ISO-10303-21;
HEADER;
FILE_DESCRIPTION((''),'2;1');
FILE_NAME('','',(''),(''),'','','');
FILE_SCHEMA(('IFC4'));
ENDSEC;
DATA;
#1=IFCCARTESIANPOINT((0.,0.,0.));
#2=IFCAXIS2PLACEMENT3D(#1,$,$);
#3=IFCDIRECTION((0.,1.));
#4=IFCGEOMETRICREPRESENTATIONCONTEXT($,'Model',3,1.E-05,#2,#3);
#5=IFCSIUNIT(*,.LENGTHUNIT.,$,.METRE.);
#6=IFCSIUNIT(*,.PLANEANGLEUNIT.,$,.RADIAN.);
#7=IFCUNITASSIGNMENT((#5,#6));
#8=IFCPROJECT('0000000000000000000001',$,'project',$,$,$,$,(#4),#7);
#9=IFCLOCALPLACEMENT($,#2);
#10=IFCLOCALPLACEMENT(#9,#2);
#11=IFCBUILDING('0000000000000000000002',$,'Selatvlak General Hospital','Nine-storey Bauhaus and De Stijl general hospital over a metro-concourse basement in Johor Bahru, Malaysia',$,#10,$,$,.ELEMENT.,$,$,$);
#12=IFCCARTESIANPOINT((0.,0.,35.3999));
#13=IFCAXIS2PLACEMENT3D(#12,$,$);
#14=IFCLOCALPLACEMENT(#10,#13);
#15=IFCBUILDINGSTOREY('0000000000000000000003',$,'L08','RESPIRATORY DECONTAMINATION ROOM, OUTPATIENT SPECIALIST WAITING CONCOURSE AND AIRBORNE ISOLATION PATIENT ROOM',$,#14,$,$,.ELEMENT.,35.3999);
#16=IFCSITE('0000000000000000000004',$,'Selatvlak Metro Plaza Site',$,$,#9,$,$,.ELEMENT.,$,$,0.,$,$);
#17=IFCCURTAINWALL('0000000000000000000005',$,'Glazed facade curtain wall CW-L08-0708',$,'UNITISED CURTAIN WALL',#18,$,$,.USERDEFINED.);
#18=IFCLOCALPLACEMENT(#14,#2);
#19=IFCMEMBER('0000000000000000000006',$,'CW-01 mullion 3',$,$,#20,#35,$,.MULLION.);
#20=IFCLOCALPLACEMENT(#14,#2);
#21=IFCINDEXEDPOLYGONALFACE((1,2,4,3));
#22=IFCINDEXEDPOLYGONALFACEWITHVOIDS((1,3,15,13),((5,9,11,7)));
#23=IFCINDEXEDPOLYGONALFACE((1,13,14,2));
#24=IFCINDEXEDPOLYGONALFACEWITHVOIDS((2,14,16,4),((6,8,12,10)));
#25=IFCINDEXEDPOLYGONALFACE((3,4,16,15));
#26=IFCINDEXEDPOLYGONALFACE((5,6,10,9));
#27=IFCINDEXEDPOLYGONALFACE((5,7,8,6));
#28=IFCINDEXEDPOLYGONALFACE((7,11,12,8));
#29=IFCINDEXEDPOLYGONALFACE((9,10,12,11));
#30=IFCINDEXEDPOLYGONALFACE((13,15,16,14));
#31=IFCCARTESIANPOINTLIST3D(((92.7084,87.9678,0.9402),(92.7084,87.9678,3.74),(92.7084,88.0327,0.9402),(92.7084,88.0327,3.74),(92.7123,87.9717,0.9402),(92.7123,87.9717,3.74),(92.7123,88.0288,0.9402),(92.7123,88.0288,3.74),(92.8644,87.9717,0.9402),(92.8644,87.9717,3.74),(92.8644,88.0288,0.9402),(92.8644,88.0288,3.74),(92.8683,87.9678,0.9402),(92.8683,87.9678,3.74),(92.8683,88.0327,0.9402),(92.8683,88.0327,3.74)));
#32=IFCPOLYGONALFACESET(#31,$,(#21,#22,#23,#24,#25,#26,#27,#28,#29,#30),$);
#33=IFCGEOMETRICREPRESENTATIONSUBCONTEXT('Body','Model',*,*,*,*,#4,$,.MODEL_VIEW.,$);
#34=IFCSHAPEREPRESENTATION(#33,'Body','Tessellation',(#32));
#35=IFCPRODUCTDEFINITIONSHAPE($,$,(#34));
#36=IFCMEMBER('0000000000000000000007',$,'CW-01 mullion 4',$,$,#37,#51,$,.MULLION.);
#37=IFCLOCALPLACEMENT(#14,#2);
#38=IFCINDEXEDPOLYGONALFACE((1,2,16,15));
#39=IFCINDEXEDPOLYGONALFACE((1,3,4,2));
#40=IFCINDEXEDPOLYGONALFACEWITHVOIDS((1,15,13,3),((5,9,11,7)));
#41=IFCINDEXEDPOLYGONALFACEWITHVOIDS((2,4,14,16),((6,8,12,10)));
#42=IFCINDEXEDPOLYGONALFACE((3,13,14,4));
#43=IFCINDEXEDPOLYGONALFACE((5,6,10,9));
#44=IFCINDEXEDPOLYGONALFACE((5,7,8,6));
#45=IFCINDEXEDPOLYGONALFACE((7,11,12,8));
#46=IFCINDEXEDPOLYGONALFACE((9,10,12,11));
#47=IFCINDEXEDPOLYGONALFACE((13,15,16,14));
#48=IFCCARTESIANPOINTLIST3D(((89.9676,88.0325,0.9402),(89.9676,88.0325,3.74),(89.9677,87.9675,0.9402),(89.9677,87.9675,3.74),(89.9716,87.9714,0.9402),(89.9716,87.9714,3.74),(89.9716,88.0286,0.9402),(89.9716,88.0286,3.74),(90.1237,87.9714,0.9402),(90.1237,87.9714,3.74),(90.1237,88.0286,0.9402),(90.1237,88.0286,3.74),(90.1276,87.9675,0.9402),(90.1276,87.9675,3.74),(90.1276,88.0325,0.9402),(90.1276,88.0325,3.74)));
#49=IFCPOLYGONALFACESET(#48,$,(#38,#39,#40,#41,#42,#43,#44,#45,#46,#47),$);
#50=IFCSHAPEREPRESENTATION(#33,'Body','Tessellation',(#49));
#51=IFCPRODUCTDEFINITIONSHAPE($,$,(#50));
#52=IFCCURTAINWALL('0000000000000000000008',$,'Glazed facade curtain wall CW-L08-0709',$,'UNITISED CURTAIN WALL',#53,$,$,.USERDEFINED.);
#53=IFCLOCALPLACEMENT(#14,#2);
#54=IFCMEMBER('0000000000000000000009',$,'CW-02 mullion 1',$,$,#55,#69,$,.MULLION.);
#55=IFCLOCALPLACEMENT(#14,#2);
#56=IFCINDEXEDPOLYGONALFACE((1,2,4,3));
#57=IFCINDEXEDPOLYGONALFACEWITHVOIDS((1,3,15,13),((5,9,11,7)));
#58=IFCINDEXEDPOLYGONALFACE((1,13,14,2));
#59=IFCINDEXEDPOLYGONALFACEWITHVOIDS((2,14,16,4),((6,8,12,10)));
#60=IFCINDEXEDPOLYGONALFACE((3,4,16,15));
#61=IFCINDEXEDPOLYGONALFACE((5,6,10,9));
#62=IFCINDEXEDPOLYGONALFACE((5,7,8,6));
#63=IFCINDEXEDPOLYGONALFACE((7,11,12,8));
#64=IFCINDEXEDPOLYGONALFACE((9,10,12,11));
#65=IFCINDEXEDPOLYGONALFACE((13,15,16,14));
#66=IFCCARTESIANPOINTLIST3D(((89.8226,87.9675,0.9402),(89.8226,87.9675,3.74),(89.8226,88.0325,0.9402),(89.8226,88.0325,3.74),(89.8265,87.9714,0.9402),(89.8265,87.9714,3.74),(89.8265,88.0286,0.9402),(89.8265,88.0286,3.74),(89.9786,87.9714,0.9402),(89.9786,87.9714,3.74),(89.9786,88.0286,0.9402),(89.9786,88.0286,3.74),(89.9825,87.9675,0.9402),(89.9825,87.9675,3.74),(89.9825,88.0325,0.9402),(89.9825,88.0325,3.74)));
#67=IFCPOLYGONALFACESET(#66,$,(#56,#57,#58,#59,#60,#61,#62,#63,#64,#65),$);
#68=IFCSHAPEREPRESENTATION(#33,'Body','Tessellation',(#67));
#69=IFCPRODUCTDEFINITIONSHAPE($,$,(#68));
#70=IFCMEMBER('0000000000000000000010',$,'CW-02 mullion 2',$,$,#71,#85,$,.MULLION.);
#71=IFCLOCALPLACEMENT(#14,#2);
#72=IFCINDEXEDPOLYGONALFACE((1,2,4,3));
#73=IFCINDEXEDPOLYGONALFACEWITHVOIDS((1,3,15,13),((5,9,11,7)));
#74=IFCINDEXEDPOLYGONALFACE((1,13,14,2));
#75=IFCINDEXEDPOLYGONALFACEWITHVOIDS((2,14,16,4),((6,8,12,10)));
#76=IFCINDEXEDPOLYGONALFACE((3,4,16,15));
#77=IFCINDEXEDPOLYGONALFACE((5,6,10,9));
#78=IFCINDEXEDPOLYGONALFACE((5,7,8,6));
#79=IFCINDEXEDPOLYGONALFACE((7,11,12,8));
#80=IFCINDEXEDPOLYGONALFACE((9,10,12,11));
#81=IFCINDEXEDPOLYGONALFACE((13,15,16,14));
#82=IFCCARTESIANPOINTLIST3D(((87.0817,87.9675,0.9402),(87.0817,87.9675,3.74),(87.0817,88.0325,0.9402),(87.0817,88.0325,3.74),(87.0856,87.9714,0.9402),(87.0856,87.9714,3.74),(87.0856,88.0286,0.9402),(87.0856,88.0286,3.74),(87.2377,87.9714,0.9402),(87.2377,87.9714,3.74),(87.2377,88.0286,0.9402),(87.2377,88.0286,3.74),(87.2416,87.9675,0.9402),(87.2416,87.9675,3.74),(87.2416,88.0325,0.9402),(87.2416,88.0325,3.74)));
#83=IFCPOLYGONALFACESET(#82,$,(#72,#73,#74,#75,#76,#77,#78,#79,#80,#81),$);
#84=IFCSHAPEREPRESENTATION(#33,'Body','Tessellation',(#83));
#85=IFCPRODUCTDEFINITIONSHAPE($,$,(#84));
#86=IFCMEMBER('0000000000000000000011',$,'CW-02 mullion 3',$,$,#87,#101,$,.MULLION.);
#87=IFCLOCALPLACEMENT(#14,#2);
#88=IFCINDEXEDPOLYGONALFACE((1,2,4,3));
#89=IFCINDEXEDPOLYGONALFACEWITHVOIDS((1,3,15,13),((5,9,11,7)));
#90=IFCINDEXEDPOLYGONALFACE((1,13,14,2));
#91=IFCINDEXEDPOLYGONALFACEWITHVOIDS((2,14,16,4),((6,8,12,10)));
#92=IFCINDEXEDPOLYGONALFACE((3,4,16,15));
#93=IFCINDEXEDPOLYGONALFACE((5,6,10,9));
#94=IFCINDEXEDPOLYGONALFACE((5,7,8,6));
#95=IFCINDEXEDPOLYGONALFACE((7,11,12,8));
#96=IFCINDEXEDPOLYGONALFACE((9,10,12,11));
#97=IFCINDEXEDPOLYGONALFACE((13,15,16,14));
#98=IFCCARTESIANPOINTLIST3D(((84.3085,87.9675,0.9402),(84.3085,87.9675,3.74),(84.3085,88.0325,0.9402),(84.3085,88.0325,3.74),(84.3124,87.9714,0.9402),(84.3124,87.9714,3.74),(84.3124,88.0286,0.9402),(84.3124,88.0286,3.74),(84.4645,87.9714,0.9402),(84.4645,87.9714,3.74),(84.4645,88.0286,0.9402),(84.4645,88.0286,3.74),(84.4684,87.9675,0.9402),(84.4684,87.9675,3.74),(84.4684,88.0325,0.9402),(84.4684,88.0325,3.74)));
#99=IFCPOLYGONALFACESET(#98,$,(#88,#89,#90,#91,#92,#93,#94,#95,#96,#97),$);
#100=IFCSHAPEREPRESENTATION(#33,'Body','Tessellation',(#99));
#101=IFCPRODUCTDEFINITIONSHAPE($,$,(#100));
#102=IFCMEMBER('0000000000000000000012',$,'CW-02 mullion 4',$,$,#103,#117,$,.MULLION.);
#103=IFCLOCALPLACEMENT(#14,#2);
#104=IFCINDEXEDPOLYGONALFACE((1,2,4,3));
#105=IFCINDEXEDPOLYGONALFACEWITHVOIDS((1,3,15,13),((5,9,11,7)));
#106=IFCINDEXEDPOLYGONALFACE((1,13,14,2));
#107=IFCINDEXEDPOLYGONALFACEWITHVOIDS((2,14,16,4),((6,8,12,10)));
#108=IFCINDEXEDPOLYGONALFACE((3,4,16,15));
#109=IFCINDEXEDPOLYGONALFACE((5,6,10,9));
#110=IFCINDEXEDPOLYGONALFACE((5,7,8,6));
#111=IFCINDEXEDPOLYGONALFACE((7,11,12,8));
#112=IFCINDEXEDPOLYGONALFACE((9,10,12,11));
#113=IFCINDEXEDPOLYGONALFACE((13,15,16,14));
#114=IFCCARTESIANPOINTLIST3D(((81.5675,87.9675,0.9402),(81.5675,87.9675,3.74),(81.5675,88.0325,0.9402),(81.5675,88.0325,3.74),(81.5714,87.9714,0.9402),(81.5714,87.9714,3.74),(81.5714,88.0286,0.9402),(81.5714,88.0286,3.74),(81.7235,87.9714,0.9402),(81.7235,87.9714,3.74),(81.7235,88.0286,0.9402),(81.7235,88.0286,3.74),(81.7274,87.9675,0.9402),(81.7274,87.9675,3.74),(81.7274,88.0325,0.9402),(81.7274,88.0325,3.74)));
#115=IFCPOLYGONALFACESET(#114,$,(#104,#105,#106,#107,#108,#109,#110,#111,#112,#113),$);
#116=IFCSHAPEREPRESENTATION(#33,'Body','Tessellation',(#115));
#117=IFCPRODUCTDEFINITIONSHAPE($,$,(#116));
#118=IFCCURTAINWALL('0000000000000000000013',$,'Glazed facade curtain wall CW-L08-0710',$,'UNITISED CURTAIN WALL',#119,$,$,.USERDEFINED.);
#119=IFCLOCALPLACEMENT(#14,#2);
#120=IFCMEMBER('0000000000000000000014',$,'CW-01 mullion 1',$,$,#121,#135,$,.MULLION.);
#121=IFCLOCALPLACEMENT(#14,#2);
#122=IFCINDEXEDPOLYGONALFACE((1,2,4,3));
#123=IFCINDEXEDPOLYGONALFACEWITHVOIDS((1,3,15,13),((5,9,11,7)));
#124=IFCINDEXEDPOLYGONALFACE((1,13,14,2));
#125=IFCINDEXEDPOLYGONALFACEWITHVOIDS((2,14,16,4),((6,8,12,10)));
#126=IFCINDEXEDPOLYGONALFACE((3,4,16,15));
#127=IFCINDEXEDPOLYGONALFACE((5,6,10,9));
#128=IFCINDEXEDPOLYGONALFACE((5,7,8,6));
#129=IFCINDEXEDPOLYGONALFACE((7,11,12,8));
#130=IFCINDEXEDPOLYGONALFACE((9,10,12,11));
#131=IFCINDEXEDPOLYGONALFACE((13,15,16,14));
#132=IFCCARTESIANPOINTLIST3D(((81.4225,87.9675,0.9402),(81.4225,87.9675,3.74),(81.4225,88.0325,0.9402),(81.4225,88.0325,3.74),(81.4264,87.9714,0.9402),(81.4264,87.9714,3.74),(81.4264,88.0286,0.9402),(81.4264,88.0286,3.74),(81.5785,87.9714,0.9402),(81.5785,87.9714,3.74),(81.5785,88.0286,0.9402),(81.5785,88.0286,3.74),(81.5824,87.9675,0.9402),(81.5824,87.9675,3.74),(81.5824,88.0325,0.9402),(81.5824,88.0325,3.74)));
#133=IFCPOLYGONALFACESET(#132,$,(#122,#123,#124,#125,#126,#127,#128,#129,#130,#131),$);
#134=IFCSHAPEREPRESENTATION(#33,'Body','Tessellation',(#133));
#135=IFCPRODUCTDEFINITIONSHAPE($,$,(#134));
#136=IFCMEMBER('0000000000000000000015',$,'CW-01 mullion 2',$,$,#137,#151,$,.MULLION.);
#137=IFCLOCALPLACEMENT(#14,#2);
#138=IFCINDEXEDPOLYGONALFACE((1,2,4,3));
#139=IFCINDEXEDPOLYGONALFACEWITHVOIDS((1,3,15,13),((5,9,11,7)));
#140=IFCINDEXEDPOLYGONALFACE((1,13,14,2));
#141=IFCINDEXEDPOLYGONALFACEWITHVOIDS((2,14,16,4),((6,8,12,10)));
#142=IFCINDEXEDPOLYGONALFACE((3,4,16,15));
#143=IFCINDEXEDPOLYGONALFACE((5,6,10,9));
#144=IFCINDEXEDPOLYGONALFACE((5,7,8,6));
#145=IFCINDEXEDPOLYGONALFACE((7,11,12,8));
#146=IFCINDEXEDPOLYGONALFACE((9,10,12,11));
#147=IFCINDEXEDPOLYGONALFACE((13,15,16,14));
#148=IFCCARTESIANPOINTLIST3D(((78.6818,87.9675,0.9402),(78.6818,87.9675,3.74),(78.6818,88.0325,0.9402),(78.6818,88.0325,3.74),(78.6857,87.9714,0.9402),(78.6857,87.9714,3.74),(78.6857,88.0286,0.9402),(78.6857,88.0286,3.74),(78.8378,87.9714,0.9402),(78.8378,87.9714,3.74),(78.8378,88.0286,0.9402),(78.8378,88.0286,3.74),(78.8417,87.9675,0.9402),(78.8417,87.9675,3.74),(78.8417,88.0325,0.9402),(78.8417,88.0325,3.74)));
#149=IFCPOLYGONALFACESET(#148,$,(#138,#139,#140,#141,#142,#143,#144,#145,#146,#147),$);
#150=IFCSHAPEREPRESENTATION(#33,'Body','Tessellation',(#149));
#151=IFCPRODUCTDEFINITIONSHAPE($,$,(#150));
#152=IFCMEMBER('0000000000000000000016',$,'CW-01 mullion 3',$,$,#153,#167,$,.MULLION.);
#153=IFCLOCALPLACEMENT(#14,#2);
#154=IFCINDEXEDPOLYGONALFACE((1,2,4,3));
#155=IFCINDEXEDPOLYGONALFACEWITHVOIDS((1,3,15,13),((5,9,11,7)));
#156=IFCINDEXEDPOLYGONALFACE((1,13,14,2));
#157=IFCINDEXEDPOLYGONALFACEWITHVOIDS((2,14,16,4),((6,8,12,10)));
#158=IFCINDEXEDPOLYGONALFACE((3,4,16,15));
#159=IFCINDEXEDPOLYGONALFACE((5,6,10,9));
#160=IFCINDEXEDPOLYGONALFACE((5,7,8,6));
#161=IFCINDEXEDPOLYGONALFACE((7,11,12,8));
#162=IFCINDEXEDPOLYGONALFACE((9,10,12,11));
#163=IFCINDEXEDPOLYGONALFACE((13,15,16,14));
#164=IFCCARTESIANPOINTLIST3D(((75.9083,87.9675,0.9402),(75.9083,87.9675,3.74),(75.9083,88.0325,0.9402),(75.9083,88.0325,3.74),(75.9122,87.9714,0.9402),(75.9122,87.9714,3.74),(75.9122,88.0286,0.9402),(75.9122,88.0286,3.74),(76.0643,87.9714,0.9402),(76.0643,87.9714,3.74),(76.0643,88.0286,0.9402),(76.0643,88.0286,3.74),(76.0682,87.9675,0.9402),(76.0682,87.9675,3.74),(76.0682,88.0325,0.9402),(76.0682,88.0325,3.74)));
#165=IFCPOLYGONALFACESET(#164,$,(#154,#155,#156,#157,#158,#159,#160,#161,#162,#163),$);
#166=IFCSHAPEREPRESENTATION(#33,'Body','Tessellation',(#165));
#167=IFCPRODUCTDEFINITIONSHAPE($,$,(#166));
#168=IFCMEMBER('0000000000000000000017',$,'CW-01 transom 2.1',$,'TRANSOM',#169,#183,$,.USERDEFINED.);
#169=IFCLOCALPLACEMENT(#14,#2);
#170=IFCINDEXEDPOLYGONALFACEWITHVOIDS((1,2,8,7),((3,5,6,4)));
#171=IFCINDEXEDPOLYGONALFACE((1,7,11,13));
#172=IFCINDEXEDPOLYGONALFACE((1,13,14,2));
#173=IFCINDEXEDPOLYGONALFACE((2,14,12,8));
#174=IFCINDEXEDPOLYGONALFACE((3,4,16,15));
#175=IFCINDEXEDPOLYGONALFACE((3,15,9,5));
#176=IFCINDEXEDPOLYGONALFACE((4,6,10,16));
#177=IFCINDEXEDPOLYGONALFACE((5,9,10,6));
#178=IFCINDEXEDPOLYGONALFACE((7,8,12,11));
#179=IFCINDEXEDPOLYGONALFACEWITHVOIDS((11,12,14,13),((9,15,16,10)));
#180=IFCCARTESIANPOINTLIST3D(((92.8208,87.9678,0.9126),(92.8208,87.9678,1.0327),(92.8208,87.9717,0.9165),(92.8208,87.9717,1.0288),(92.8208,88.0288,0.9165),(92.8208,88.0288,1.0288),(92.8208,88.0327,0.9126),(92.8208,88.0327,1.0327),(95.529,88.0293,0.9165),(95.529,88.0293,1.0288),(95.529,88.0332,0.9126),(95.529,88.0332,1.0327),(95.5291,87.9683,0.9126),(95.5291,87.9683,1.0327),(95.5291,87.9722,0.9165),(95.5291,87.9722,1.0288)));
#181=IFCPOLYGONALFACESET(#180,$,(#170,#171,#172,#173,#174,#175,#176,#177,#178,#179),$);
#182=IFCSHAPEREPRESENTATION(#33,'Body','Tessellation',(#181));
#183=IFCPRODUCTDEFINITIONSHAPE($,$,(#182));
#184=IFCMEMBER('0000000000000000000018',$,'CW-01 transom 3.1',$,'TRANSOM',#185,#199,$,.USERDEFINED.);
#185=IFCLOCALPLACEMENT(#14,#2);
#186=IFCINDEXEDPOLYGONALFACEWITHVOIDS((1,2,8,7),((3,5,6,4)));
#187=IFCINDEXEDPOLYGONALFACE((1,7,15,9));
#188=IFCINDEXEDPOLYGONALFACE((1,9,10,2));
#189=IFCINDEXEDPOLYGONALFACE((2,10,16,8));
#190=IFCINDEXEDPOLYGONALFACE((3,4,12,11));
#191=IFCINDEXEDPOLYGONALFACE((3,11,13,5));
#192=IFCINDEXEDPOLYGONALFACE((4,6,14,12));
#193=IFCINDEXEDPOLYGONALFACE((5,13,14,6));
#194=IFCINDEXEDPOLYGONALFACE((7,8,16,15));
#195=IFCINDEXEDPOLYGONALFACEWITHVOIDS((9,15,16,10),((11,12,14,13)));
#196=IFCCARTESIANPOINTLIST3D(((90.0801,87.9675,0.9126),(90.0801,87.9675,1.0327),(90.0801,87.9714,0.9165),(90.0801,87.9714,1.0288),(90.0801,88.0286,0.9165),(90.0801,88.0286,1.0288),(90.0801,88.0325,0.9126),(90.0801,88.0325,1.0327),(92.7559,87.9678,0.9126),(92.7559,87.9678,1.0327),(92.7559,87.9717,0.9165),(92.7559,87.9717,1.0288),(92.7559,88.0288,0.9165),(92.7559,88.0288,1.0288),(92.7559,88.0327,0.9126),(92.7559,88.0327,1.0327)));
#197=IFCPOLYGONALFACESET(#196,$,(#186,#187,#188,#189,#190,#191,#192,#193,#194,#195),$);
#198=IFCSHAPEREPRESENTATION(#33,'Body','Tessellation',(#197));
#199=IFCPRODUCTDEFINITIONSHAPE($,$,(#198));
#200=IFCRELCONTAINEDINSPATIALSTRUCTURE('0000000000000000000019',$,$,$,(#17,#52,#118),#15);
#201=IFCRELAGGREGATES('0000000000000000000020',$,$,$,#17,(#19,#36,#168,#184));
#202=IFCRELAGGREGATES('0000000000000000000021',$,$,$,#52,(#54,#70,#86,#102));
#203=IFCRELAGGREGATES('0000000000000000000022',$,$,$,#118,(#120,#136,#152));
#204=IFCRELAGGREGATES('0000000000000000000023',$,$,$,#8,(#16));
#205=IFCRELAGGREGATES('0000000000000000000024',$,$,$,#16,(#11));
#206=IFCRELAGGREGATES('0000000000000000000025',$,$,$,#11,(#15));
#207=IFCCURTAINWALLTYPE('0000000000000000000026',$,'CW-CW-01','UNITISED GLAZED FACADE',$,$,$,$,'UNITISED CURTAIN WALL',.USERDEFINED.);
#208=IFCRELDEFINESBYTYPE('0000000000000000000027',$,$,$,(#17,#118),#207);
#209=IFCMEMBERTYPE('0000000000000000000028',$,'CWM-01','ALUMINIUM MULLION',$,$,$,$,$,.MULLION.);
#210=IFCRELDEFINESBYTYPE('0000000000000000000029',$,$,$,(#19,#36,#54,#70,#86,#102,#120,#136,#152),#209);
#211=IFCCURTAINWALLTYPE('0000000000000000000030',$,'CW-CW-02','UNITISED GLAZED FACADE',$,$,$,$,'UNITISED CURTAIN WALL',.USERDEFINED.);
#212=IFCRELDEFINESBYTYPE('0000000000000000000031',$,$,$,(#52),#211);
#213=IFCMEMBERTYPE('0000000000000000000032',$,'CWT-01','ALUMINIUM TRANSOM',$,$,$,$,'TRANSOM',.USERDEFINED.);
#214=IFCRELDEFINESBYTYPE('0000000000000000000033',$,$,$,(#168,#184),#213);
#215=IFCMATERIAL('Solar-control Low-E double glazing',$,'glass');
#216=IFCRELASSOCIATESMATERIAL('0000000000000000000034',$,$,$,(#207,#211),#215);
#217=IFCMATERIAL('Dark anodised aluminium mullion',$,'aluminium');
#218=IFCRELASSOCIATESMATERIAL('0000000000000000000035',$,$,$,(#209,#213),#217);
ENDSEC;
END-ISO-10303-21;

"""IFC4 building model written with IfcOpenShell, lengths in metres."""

from ifc_helpers import new_model, si_unit, direction, frame, origin, origin_2d, place, context, subcontext, project, spatial, hollow_rectangle, extrude, material, material_profile, profile_set, type_object, element, aggregate, save


model = new_model("IFC4")

# Units and contexts
model_context = context("Model", 3, precision=1e-05, world=origin(), true_north=direction((0.0, 1.0)))
body_context = subcontext(model_context, "Body", "Model", "MODEL_VIEW")
ifc_project = project(units=[si_unit("LENGTHUNIT", "METRE"), si_unit("PLANEANGLEUNIT", "RADIAN")], contexts=[model_context])

# Site, building, storey
site_placement = place(None, origin())
site = spatial("IfcSite", under=ifc_project, at=site_placement, Name="Selatvlak Metro Plaza Site", CompositionType="ELEMENT", RefElevation=0.0)
building_placement = place(site_placement, origin())
building = spatial("IfcBuilding", under=site, at=building_placement, Name="Selatvlak General Hospital", Description="Nine-storey Bauhaus and De Stijl general hospital over a metro-concourse basement in Johor Bahru, Malaysia", CompositionType="ELEMENT")
storey_placement = place(building_placement, frame((0.0, 0.0, 35.3999)))
storey = spatial("IfcBuildingStorey", under=building, at=storey_placement, Name="L08", Description="RESPIRATORY DECONTAMINATION ROOM, OUTPATIENT SPECIALIST WAITING CONCOURSE AND AIRBORNE ISOLATION PATIENT ROOM", CompositionType="ELEMENT", Elevation=35.3999)

# Curtain walls, members
ifc_material_1 = material(Name="Solar-control Low-E double glazing", Category="glass")
curtain_wall_type_1 = type_object("IfcCurtainWallType", Name="CW-CW-01", Description="UNITISED GLAZED FACADE", ElementType="UNITISED CURTAIN WALL", PredefinedType="USERDEFINED", material=ifc_material_1)
curtain_wall_1_placement = place(storey_placement, origin())
curtain_wall_1 = element("IfcCurtainWall", 1, at=curtain_wall_1_placement, inside=storey, type_object=curtain_wall_type_1, Name="Glazed facade curtain wall CW-L08-0708", ObjectType="UNITISED CURTAIN WALL", PredefinedType="USERDEFINED")
ifc_material_2 = material(Name="Dark anodised aluminium mullion", Category="aluminium")
ifc_material_profile_1 = material_profile(ifc_material_2, hollow_rectangle(XDim=0.0649, YDim=0.1599, WallThickness=0.0039, at=origin_2d()), Name="AL-MUL 65x160x4")
ifc_profile_set_1 = profile_set([ifc_material_profile_1], Name="Dark anodised aluminium mullion")
member_type_1 = type_object("IfcMemberType", Name="CWM-01", Description="ALUMINIUM MULLION", PredefinedType="MULLION", material=ifc_profile_set_1)
member_1_placement = place(storey_placement, frame((92.7883, 88.0002, 0.9402), z_axis=(0.0, 0.0, 1.0), x_axis=(0.00012, -1.0, 0.0)))
member_1 = element("IfcMember", 2, at=member_1_placement, type_object=member_type_1, Name="CW-01 mullion 3", PredefinedType="MULLION", context=body_context, shape_type="SweptSolid", body=[
    extrude(hollow_rectangle(XDim=0.0649, YDim=0.1599, WallThickness=0.0039, at=origin_2d()), origin(), (0.0, 0.0, 1.0), 2.7998),
])
member_2_placement = place(storey_placement, frame((90.0476, 88.0, 0.9402), z_axis=(0.0, 0.0, 1.0), x_axis=(0.00012, -1.0, 0.0)))
member_2 = element("IfcMember", 3, at=member_2_placement, type_object=member_type_1, Name="CW-01 mullion 4", PredefinedType="MULLION", context=body_context, shape_type="SweptSolid", body=[
    extrude(hollow_rectangle(XDim=0.0649, YDim=0.1599, WallThickness=0.0039, at=origin_2d()), origin(), (0.0, 0.0, 1.0), 2.7998),
])
curtain_wall_type_2 = type_object("IfcCurtainWallType", Name="CW-CW-02", Description="UNITISED GLAZED FACADE", ElementType="UNITISED CURTAIN WALL", PredefinedType="USERDEFINED", material=ifc_material_1)
curtain_wall_2_placement = place(storey_placement, origin())
curtain_wall_2 = element("IfcCurtainWall", 4, at=curtain_wall_2_placement, inside=storey, type_object=curtain_wall_type_2, Name="Glazed facade curtain wall CW-L08-0709", ObjectType="UNITISED CURTAIN WALL", PredefinedType="USERDEFINED")
member_3_placement = place(storey_placement, frame((89.9026, 88.0, 0.9402), z_axis=(0.0, 0.0, 1.0), x_axis=(0.0, -1.0, 0.0)))
member_3 = element("IfcMember", 5, at=member_3_placement, type_object=member_type_1, Name="CW-02 mullion 1", PredefinedType="MULLION", context=body_context, shape_type="SweptSolid", body=[
    extrude(hollow_rectangle(XDim=0.0649, YDim=0.1599, WallThickness=0.0039, at=origin_2d()), origin(), (0.0, 0.0, 1.0), 2.7998),
])
member_4_placement = place(storey_placement, frame((87.1616, 88.0, 0.9402), z_axis=(0.0, 0.0, 1.0), x_axis=(0.0, -1.0, 0.0)))
member_4 = element("IfcMember", 6, at=member_4_placement, type_object=member_type_1, Name="CW-02 mullion 2", PredefinedType="MULLION", context=body_context, shape_type="SweptSolid", body=[
    extrude(hollow_rectangle(XDim=0.0649, YDim=0.1599, WallThickness=0.0039, at=origin_2d()), origin(), (0.0, 0.0, 1.0), 2.7998),
])
member_5_placement = place(storey_placement, frame((84.3884, 88.0, 0.9402), z_axis=(0.0, 0.0, 1.0), x_axis=(0.0, -1.0, 0.0)))
member_5 = element("IfcMember", 7, at=member_5_placement, type_object=member_type_1, Name="CW-02 mullion 3", PredefinedType="MULLION", context=body_context, shape_type="SweptSolid", body=[
    extrude(hollow_rectangle(XDim=0.0649, YDim=0.1599, WallThickness=0.0039, at=origin_2d()), origin(), (0.0, 0.0, 1.0), 2.7998),
])
member_6_placement = place(storey_placement, frame((81.6475, 88.0, 0.9402), z_axis=(0.0, 0.0, 1.0), x_axis=(0.0, -1.0, 0.0)))
member_6 = element("IfcMember", 8, at=member_6_placement, type_object=member_type_1, Name="CW-02 mullion 4", PredefinedType="MULLION", context=body_context, shape_type="SweptSolid", body=[
    extrude(hollow_rectangle(XDim=0.0649, YDim=0.1599, WallThickness=0.0039, at=origin_2d()), origin(), (0.0, 0.0, 1.0), 2.7998),
])
curtain_wall_3_placement = place(storey_placement, origin())
curtain_wall_3 = element("IfcCurtainWall", 9, at=curtain_wall_3_placement, inside=storey, type_object=curtain_wall_type_1, Name="Glazed facade curtain wall CW-L08-0710", ObjectType="UNITISED CURTAIN WALL", PredefinedType="USERDEFINED")
member_7_placement = place(storey_placement, frame((81.5024, 88.0, 0.9402), z_axis=(0.0, 0.0, 1.0), x_axis=(0.0, -1.0, 0.0)))
member_7 = element("IfcMember", 10, at=member_7_placement, type_object=member_type_1, Name="CW-01 mullion 1", PredefinedType="MULLION", context=body_context, shape_type="SweptSolid", body=[
    extrude(hollow_rectangle(XDim=0.0649, YDim=0.1599, WallThickness=0.0039, at=origin_2d()), origin(), (0.0, 0.0, 1.0), 2.7998),
])
member_8_placement = place(storey_placement, frame((78.7617, 88.0, 0.9402), z_axis=(0.0, 0.0, 1.0), x_axis=(0.0, -1.0, 0.0)))
member_8 = element("IfcMember", 11, at=member_8_placement, type_object=member_type_1, Name="CW-01 mullion 2", PredefinedType="MULLION", context=body_context, shape_type="SweptSolid", body=[
    extrude(hollow_rectangle(XDim=0.0649, YDim=0.1599, WallThickness=0.0039, at=origin_2d()), origin(), (0.0, 0.0, 1.0), 2.7998),
])
member_9_placement = place(storey_placement, frame((75.9883, 88.0, 0.9402), z_axis=(0.0, 0.0, 1.0), x_axis=(0.0, -1.0, 0.0)))
member_9 = element("IfcMember", 12, at=member_9_placement, type_object=member_type_1, Name="CW-01 mullion 3", PredefinedType="MULLION", context=body_context, shape_type="SweptSolid", body=[
    extrude(hollow_rectangle(XDim=0.0649, YDim=0.1599, WallThickness=0.0039, at=origin_2d()), origin(), (0.0, 0.0, 1.0), 2.7998),
])

# Members
ifc_material_profile_2 = material_profile(ifc_material_2, hollow_rectangle(XDim=0.0649, YDim=0.1201, WallThickness=0.0039, at=origin_2d()), Name="AL-TRN 65x120x4")
ifc_profile_set_2 = profile_set([ifc_material_profile_2], Name="Dark anodised aluminium mullion")
member_type_2 = type_object("IfcMemberType", Name="CWT-01", Description="ALUMINIUM TRANSOM", ElementType="TRANSOM", PredefinedType="USERDEFINED", material=ifc_profile_set_2)
member_10_placement = place(storey_placement, frame((95.5291, 88.0007, 0.9727), z_axis=(-1.0, -0.00018, 0.0), x_axis=(0.00018, -1.0, 0.0)))
member_10 = element("IfcMember", 13, at=member_10_placement, type_object=member_type_2, Name="CW-01 transom 2.1", ObjectType="TRANSOM", PredefinedType="USERDEFINED", context=body_context, shape_type="SweptSolid", body=[
    extrude(hollow_rectangle(XDim=0.0649, YDim=0.1201, WallThickness=0.0039, at=origin_2d()), origin(), (0.0, 0.0, 1.0), 2.7083),
])
member_11_placement = place(storey_placement, frame((92.7559, 88.0002, 0.9727), z_axis=(-1.0, -0.000091, 0.0), x_axis=(0.000091, -1.0, 0.0)))
member_11 = element("IfcMember", 14, at=member_11_placement, type_object=member_type_2, Name="CW-01 transom 3.1", ObjectType="TRANSOM", PredefinedType="USERDEFINED", context=body_context, shape_type="SweptSolid", body=[
    extrude(hollow_rectangle(XDim=0.0649, YDim=0.1201, WallThickness=0.0039, at=origin_2d()), origin(), (0.0, 0.0, 1.0), 2.6758),
])

aggregate(curtain_wall_1, [member_1, member_2, member_10, member_11])
aggregate(curtain_wall_2, [member_3, member_4, member_5, member_6])
aggregate(curtain_wall_3, [member_7, member_8, member_9])

save(model, "model.ifc")
